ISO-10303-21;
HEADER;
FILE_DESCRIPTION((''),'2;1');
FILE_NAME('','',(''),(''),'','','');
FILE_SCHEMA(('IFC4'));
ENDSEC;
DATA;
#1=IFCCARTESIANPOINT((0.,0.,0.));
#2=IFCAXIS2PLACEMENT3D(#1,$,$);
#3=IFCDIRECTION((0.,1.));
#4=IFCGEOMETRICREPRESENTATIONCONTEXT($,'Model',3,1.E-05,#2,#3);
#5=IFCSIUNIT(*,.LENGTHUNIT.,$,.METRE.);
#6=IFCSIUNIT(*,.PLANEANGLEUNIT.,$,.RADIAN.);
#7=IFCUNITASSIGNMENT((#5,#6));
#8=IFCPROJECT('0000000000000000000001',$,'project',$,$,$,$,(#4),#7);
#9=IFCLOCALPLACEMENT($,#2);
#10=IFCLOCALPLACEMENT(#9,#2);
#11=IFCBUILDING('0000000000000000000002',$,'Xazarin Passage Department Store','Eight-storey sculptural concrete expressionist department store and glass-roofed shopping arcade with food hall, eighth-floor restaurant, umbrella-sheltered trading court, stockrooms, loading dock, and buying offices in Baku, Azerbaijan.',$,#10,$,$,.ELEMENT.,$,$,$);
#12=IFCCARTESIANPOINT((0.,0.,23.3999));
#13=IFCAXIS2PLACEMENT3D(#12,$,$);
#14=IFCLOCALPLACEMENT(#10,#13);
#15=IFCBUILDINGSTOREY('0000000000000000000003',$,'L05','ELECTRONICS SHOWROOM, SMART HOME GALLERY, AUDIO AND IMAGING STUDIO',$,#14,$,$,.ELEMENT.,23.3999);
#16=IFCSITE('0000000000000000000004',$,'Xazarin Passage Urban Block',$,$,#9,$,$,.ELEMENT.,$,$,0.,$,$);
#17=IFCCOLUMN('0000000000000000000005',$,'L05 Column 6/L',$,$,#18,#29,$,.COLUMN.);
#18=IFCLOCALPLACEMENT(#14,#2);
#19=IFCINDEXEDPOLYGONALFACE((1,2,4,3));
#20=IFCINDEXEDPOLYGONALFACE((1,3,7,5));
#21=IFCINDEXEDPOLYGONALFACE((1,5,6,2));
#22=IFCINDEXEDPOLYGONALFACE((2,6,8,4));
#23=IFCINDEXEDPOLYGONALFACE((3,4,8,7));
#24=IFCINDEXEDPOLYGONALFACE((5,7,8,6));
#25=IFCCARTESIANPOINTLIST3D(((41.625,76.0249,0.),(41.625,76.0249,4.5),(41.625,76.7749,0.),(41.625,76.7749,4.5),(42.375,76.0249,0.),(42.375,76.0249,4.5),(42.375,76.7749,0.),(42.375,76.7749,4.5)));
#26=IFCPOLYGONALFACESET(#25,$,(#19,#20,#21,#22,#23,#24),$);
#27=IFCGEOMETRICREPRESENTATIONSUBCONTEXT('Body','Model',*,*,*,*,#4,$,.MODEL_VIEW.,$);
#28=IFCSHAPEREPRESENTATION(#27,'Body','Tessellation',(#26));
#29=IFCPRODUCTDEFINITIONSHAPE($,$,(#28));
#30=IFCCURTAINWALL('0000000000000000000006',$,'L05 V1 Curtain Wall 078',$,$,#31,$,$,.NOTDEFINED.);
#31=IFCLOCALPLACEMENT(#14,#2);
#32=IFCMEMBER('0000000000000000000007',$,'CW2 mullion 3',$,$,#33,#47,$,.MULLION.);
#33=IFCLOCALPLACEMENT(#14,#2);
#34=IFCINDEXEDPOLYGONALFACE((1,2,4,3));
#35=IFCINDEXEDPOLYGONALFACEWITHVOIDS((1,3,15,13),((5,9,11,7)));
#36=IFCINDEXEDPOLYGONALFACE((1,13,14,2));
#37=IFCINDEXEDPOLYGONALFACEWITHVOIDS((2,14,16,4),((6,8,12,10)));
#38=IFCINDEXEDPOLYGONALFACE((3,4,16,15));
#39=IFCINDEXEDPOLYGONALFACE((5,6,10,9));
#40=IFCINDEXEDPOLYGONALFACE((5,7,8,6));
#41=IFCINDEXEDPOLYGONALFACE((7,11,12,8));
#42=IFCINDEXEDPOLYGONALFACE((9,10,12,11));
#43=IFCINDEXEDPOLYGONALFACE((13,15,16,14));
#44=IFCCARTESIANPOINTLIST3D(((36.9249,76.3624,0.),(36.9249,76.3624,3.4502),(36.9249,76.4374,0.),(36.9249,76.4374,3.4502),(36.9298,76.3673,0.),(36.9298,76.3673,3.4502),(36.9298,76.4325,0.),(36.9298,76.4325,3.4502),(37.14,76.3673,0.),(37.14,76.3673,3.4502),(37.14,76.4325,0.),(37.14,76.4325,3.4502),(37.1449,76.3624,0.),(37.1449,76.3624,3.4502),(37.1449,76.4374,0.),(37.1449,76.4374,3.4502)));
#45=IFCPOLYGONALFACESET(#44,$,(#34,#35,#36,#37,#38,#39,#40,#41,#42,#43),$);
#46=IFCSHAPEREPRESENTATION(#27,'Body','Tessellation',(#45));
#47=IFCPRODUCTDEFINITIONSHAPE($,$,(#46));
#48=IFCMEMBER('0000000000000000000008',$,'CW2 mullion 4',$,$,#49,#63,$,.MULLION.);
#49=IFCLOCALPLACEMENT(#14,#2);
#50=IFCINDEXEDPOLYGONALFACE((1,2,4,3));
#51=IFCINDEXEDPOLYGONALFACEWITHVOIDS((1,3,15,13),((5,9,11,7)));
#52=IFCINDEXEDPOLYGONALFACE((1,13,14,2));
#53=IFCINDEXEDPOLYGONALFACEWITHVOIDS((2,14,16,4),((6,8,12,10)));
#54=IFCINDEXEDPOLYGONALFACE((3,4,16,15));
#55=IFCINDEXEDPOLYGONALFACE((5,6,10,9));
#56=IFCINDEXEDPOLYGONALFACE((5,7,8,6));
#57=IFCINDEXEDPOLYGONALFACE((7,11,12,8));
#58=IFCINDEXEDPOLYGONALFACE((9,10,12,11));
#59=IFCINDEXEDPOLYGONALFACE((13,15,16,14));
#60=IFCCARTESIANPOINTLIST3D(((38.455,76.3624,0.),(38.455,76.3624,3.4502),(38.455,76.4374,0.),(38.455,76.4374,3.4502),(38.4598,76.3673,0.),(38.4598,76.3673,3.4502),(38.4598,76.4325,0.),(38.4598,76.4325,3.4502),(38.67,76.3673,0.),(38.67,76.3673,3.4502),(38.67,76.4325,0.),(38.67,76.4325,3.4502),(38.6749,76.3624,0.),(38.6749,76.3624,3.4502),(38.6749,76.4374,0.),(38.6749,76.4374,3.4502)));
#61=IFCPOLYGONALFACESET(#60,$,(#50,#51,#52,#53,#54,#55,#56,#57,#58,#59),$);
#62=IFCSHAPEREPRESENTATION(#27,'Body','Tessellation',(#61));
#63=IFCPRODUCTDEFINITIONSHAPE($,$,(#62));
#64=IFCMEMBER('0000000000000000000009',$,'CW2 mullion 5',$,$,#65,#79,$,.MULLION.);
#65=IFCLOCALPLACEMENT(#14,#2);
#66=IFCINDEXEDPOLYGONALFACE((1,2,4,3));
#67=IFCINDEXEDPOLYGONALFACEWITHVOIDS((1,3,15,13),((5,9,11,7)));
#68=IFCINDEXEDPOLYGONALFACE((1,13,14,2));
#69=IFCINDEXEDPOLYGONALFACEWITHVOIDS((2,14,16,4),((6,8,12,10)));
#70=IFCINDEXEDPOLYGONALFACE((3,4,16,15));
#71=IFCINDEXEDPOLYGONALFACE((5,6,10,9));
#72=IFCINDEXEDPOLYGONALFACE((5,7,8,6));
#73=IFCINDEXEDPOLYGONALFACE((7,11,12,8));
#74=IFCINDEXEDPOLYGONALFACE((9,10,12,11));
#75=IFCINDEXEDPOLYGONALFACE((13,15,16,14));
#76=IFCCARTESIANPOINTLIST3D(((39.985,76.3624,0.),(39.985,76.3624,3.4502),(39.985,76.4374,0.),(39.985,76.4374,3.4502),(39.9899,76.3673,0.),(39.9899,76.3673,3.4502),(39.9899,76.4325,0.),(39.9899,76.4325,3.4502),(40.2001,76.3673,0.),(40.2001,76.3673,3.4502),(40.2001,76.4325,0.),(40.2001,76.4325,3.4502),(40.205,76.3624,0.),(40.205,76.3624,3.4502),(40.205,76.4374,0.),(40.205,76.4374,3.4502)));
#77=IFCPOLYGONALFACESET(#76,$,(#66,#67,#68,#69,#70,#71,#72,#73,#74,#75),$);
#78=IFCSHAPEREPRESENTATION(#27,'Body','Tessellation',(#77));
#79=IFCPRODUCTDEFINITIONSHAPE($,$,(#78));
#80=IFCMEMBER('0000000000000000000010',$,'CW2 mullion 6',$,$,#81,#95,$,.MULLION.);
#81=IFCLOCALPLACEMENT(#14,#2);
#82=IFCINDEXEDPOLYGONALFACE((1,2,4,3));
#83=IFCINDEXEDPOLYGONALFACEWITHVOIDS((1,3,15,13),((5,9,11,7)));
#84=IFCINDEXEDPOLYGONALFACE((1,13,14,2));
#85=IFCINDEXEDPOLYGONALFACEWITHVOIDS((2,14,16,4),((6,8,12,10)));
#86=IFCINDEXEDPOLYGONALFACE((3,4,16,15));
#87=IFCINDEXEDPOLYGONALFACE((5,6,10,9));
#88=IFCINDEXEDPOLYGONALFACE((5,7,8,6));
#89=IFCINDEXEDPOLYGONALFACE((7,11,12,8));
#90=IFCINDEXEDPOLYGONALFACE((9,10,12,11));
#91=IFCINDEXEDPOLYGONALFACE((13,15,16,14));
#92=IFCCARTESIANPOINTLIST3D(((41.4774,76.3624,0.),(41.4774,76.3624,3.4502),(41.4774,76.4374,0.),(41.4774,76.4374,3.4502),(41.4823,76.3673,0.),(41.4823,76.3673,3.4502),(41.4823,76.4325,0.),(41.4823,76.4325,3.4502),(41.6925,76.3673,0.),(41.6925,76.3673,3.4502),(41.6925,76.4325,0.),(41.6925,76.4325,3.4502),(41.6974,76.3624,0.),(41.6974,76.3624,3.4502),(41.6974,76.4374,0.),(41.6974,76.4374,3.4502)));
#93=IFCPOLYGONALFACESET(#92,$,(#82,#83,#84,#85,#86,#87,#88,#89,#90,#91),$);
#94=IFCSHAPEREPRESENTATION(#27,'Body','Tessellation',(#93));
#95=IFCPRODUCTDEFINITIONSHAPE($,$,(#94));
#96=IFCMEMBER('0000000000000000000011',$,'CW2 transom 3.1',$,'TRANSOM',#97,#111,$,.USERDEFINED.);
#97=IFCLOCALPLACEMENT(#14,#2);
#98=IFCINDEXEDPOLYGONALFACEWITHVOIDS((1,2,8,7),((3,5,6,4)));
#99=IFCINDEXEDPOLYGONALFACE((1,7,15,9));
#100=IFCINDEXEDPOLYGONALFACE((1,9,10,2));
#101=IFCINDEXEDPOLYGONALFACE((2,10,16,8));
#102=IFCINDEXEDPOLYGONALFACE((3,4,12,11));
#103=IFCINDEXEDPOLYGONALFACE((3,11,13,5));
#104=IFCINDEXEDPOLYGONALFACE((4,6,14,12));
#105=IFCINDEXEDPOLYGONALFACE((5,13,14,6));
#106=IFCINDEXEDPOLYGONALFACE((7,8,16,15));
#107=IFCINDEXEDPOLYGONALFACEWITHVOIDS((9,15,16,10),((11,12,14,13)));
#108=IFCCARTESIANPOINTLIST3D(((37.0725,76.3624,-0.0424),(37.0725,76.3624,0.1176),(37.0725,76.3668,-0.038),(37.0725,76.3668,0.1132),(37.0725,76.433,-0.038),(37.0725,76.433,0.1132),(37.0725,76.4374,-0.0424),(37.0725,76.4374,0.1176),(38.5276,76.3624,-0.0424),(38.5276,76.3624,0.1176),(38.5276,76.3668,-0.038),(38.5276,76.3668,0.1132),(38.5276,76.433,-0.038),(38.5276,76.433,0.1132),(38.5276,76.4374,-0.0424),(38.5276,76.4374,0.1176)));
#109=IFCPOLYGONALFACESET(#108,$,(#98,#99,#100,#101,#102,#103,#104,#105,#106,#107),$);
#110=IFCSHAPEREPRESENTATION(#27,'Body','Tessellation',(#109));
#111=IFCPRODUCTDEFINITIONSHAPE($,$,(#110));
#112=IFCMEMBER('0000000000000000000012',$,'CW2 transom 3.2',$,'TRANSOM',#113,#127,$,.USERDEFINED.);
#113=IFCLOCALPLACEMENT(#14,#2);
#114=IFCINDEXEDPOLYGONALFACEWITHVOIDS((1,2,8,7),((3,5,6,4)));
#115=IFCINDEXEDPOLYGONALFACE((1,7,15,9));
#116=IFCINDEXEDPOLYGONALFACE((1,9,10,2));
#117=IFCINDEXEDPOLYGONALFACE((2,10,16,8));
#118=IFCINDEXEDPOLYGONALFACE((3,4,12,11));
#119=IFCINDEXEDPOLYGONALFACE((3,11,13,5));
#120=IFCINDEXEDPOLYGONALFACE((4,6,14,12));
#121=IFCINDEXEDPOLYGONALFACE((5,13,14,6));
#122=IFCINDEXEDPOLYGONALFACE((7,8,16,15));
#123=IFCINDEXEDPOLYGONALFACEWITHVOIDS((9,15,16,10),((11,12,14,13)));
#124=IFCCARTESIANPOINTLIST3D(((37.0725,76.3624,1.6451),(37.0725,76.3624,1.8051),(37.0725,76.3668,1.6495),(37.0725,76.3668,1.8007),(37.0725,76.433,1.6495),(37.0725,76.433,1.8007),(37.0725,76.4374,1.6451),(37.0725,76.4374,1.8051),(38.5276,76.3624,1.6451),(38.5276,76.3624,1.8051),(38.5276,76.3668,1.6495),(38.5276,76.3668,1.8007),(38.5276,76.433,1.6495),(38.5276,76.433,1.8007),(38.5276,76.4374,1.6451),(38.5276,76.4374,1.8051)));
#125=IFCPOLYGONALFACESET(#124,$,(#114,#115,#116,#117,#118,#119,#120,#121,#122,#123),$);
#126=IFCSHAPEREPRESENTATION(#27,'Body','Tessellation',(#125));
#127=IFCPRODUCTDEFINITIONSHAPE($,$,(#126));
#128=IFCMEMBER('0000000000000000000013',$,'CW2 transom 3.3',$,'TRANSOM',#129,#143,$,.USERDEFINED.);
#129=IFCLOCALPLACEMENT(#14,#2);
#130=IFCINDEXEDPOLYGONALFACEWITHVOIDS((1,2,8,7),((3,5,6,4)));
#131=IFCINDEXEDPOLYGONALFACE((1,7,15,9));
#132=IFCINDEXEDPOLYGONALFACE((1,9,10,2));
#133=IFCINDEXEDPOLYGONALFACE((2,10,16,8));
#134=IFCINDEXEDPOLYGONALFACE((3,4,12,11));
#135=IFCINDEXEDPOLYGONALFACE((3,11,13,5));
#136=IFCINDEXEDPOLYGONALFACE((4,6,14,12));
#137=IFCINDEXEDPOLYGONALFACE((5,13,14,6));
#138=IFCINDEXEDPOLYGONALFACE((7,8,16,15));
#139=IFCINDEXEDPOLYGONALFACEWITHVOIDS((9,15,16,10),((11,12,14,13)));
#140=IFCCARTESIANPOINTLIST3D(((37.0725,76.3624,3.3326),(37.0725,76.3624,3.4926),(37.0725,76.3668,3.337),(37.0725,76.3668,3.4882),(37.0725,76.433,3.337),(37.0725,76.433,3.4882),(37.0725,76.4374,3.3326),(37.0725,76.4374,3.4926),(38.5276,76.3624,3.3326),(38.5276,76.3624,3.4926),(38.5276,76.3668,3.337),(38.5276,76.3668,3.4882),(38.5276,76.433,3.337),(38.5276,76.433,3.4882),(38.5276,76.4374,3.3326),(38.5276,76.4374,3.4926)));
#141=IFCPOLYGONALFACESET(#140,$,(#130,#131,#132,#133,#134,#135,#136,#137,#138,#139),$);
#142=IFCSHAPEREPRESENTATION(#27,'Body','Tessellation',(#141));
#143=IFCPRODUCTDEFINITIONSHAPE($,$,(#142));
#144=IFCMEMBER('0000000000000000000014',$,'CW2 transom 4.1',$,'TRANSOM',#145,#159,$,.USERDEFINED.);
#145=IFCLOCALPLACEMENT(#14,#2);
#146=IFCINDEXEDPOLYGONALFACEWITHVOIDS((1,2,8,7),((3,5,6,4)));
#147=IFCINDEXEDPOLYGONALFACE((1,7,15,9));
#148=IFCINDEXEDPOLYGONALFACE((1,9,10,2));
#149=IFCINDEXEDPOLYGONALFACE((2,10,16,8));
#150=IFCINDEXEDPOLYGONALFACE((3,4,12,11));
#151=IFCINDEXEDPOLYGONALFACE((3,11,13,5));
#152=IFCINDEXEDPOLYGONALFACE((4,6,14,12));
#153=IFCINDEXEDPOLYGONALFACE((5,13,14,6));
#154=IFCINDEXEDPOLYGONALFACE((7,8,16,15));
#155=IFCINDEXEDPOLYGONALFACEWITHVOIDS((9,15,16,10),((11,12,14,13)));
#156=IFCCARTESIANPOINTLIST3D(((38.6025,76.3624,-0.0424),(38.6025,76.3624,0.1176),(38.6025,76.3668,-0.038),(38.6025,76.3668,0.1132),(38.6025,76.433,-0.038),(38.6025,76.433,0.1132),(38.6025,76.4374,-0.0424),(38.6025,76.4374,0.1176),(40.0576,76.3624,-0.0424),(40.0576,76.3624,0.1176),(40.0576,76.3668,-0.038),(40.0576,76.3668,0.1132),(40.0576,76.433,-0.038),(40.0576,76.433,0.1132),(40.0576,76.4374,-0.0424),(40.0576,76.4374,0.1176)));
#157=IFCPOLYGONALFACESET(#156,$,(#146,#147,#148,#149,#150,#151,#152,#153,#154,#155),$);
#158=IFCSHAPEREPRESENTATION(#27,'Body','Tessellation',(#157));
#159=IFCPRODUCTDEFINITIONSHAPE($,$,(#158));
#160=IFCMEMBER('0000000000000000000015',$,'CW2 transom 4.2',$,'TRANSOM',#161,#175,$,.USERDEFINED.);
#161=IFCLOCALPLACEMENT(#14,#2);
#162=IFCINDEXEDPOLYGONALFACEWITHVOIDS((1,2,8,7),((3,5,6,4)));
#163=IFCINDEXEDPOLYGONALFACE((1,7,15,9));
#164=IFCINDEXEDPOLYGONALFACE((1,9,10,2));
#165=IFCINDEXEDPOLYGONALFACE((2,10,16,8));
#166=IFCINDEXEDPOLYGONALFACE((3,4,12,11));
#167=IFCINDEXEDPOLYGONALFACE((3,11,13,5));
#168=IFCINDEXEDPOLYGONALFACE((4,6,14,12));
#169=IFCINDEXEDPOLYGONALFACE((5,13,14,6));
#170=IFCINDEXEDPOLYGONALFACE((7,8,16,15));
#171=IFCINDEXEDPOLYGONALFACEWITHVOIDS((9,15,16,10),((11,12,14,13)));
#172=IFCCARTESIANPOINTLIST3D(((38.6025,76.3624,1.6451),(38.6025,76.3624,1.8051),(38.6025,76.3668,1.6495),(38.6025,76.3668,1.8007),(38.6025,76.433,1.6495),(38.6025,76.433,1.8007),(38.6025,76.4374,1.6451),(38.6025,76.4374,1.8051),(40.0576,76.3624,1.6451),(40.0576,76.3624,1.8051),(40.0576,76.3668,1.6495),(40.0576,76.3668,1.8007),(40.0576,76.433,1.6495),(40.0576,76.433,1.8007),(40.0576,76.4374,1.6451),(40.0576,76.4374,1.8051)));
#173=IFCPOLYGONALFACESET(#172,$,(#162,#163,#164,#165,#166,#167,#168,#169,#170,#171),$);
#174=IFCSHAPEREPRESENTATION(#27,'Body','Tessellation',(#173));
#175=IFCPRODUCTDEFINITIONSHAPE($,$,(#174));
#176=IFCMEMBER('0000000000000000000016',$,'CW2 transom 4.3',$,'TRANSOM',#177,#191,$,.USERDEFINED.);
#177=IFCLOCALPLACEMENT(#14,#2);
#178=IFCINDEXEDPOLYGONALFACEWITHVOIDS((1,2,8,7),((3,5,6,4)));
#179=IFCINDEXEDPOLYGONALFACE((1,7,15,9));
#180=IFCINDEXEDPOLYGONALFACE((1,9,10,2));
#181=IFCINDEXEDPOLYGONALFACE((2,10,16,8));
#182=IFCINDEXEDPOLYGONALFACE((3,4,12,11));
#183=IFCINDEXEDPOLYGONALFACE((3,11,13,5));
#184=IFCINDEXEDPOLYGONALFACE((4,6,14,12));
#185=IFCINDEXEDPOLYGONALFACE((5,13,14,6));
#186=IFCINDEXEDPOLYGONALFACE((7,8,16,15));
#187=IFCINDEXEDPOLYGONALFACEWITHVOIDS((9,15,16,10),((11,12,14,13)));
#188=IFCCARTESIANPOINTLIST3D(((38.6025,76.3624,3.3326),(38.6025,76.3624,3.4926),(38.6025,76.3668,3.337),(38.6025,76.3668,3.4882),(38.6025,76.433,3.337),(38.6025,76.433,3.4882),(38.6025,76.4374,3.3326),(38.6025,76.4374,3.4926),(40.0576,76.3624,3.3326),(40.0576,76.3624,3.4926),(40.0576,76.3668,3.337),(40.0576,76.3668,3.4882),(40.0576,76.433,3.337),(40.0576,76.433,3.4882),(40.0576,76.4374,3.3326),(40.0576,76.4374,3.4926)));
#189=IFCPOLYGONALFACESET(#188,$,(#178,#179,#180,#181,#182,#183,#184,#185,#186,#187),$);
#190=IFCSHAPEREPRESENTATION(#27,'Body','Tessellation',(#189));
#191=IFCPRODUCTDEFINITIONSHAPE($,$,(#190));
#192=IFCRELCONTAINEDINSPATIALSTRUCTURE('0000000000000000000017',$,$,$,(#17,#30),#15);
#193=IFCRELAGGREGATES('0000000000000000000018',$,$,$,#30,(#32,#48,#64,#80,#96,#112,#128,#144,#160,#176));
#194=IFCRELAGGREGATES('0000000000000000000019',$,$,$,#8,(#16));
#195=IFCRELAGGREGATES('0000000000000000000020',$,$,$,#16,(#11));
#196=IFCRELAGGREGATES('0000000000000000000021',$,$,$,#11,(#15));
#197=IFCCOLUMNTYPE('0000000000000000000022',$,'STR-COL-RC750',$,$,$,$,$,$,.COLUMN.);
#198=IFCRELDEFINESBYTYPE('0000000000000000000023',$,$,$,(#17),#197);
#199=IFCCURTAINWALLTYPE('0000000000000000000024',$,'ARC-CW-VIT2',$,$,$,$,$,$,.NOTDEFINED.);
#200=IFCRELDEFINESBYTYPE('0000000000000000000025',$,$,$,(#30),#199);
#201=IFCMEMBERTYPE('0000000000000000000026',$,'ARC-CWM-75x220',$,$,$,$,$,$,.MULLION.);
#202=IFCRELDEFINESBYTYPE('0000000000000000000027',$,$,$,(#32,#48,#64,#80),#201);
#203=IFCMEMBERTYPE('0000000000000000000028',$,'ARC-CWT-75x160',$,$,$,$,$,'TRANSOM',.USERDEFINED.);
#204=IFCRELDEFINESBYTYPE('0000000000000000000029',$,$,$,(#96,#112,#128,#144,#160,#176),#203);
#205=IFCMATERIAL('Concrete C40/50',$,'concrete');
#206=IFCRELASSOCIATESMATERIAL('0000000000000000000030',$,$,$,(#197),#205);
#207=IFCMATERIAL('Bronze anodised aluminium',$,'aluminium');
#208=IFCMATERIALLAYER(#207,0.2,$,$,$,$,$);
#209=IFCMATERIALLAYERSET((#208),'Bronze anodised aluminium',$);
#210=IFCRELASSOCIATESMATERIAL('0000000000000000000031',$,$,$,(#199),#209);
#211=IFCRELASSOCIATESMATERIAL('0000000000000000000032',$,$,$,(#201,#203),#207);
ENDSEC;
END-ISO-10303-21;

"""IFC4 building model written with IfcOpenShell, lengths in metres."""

from ifc_helpers import new_model, si_unit, direction, frame, origin, origin_2d, place, context, subcontext, project, spatial, rectangle, hollow_rectangle, extrude, material, layer, layer_set, material_profile, profile_set, type_object, element, aggregate, save


model = new_model("IFC4")

# Units and contexts
model_context = context("Model", 3, precision=1e-05, world=origin(), true_north=direction((0.0, 1.0)))
body_context = subcontext(model_context, "Body", "Model", "MODEL_VIEW")
ifc_project = project(units=[si_unit("LENGTHUNIT", "METRE"), si_unit("PLANEANGLEUNIT", "RADIAN")], contexts=[model_context])

# Site, building, storey
site_placement = place(None, origin())
site = spatial("IfcSite", under=ifc_project, at=site_placement, Name="Xazarin Passage Urban Block", CompositionType="ELEMENT", RefElevation=0.0)
building_placement = place(site_placement, origin())
building = spatial("IfcBuilding", under=site, at=building_placement, Name="Xazarin Passage Department Store", Description="Eight-storey sculptural concrete expressionist department store and glass-roofed shopping arcade with food hall, eighth-floor restaurant, umbrella-sheltered trading court, stockrooms, loading dock, and buying offices in Baku, Azerbaijan.", CompositionType="ELEMENT")
storey_placement = place(building_placement, frame((0.0, 0.0, 23.3999)))
storey = spatial("IfcBuildingStorey", under=building, at=storey_placement, Name="L05", Description="ELECTRONICS SHOWROOM, SMART HOME GALLERY, AUDIO AND IMAGING STUDIO", CompositionType="ELEMENT", Elevation=23.3999)

# Column
ifc_material_1 = material(Name="Concrete C40/50", Category="concrete")
ifc_material_profile_1 = material_profile(ifc_material_1, rectangle(XDim=0.75, YDim=0.75, at=origin_2d()), Name="RC 750x750")
ifc_profile_set_1 = profile_set([ifc_material_profile_1], Name="Concrete C40/50")
column_type = type_object("IfcColumnType", Name="STR-COL-RC750", PredefinedType="COLUMN", material=ifc_profile_set_1)
column_placement = place(storey_placement, frame((42.0, 76.3999, 0.0), z_axis=(0.0, 0.0, 1.0), x_axis=(1.0, 0.0, 0.0)))
element("IfcColumn", 1, at=column_placement, inside=storey, type_object=column_type, Name="L05 Column 6/L", PredefinedType="COLUMN", context=body_context, shape_type="SweptSolid", body=[
    extrude(rectangle(XDim=0.75, YDim=0.75, at=origin_2d()), origin(), (0.0, 0.0, 1.0), 4.5),
])

# Curtain wall, members
ifc_material_2 = material(Name="Bronze anodised aluminium", Category="aluminium")
ifc_layer_1 = layer(ifc_material_2, 0.2)
ifc_layer_set_1 = layer_set([ifc_layer_1], Name="Bronze anodised aluminium")
curtain_wall_type = type_object("IfcCurtainWallType", Name="ARC-CW-VIT2", PredefinedType="NOTDEFINED", material=ifc_layer_set_1)
curtain_wall_placement = place(storey_placement, origin())
curtain_wall = element("IfcCurtainWall", 2, at=curtain_wall_placement, inside=storey, type_object=curtain_wall_type, Name="L05 V1 Curtain Wall 078", PredefinedType="NOTDEFINED")
ifc_material_profile_2 = material_profile(ifc_material_2, hollow_rectangle(XDim=0.075, YDim=0.22, WallThickness=0.0049, at=origin_2d()), Name="ALU 75x220")
ifc_profile_set_2 = profile_set([ifc_material_profile_2], Name="Bronze anodised aluminium")
member_type_1 = type_object("IfcMemberType", Name="ARC-CWM-75x220", PredefinedType="MULLION", material=ifc_profile_set_2)
member_1_placement = place(storey_placement, frame((37.0349, 76.3999, 0.0), z_axis=(0.0, 0.0, 1.0), x_axis=(0.0, 1.0, 0.0)))
member_1 = element("IfcMember", 3, at=member_1_placement, type_object=member_type_1, Name="CW2 mullion 3", PredefinedType="MULLION", context=body_context, shape_type="SweptSolid", body=[
    extrude(hollow_rectangle(XDim=0.075, YDim=0.22, WallThickness=0.0049, at=origin_2d()), origin(), (0.0, 0.0, 1.0), 3.4502),
])
member_2_placement = place(storey_placement, frame((38.5649, 76.3999, 0.0), z_axis=(0.0, 0.0, 1.0), x_axis=(0.0, 1.0, 0.0)))
member_2 = element("IfcMember", 4, at=member_2_placement, type_object=member_type_1, Name="CW2 mullion 4", PredefinedType="MULLION", context=body_context, shape_type="SweptSolid", body=[
    extrude(hollow_rectangle(XDim=0.075, YDim=0.22, WallThickness=0.0049, at=origin_2d()), origin(), (0.0, 0.0, 1.0), 3.4502),
])
member_3_placement = place(storey_placement, frame((40.095, 76.3999, 0.0), z_axis=(0.0, 0.0, 1.0), x_axis=(0.0, 1.0, 0.0)))
member_3 = element("IfcMember", 5, at=member_3_placement, type_object=member_type_1, Name="CW2 mullion 5", PredefinedType="MULLION", context=body_context, shape_type="SweptSolid", body=[
    extrude(hollow_rectangle(XDim=0.075, YDim=0.22, WallThickness=0.0049, at=origin_2d()), origin(), (0.0, 0.0, 1.0), 3.4502),
])
member_4_placement = place(storey_placement, frame((41.5874, 76.3999, 0.0), z_axis=(0.0, 0.0, 1.0), x_axis=(0.0, 1.0, 0.0)))
member_4 = element("IfcMember", 6, at=member_4_placement, type_object=member_type_1, Name="CW2 mullion 6", PredefinedType="MULLION", context=body_context, shape_type="SweptSolid", body=[
    extrude(hollow_rectangle(XDim=0.075, YDim=0.22, WallThickness=0.0049, at=origin_2d()), origin(), (0.0, 0.0, 1.0), 3.4502),
])
ifc_material_profile_3 = material_profile(ifc_material_2, hollow_rectangle(XDim=0.075, YDim=0.1599, WallThickness=0.0044, at=origin_2d()), Name="ALU 75x160")
ifc_profile_set_3 = profile_set([ifc_material_profile_3], Name="Bronze anodised aluminium")
member_type_2 = type_object("IfcMemberType", Name="ARC-CWT-75x160", ElementType="TRANSOM", PredefinedType="USERDEFINED", material=ifc_profile_set_3)
member_5_placement = place(storey_placement, frame((37.0725, 76.3999, 0.0376), z_axis=(1.0, 0.0, 0.0), x_axis=(0.0, 1.0, 0.0)))
member_5 = element("IfcMember", 7, at=member_5_placement, type_object=member_type_2, Name="CW2 transom 3.1", ObjectType="TRANSOM", PredefinedType="USERDEFINED", context=body_context, shape_type="SweptSolid", body=[
    extrude(hollow_rectangle(XDim=0.075, YDim=0.1599, WallThickness=0.0044, at=origin_2d()), origin(), (0.0, 0.0, 1.0), 1.4551),
])
member_6_placement = place(storey_placement, frame((37.0725, 76.3999, 1.7251), z_axis=(1.0, 0.0, 0.0), x_axis=(0.0, 1.0, 0.0)))
member_6 = element("IfcMember", 8, at=member_6_placement, type_object=member_type_2, Name="CW2 transom 3.2", ObjectType="TRANSOM", PredefinedType="USERDEFINED", context=body_context, shape_type="SweptSolid", body=[
    extrude(hollow_rectangle(XDim=0.075, YDim=0.1599, WallThickness=0.0044, at=origin_2d()), origin(), (0.0, 0.0, 1.0), 1.4551),
])
member_7_placement = place(storey_placement, frame((37.0725, 76.3999, 3.4126), z_axis=(1.0, 0.0, 0.0), x_axis=(0.0, 1.0, 0.0)))
member_7 = element("IfcMember", 9, at=member_7_placement, type_object=member_type_2, Name="CW2 transom 3.3", ObjectType="TRANSOM", PredefinedType="USERDEFINED", context=body_context, shape_type="SweptSolid", body=[
    extrude(hollow_rectangle(XDim=0.075, YDim=0.1599, WallThickness=0.0044, at=origin_2d()), origin(), (0.0, 0.0, 1.0), 1.4551),
])
member_8_placement = place(storey_placement, frame((38.6025, 76.3999, 0.0376), z_axis=(1.0, 0.0, 0.0), x_axis=(0.0, 1.0, 0.0)))
member_8 = element("IfcMember", 10, at=member_8_placement, type_object=member_type_2, Name="CW2 transom 4.1", ObjectType="TRANSOM", PredefinedType="USERDEFINED", context=body_context, shape_type="SweptSolid", body=[
    extrude(hollow_rectangle(XDim=0.075, YDim=0.1599, WallThickness=0.0044, at=origin_2d()), origin(), (0.0, 0.0, 1.0), 1.4551),
])
member_9_placement = place(storey_placement, frame((38.6025, 76.3999, 1.7251), z_axis=(1.0, 0.0, 0.0), x_axis=(0.0, 1.0, 0.0)))
member_9 = element("IfcMember", 11, at=member_9_placement, type_object=member_type_2, Name="CW2 transom 4.2", ObjectType="TRANSOM", PredefinedType="USERDEFINED", context=body_context, shape_type="SweptSolid", body=[
    extrude(hollow_rectangle(XDim=0.075, YDim=0.1599, WallThickness=0.0044, at=origin_2d()), origin(), (0.0, 0.0, 1.0), 1.4551),
])
member_10_placement = place(storey_placement, frame((38.6025, 76.3999, 3.4126), z_axis=(1.0, 0.0, 0.0), x_axis=(0.0, 1.0, 0.0)))
member_10 = element("IfcMember", 12, at=member_10_placement, type_object=member_type_2, Name="CW2 transom 4.3", ObjectType="TRANSOM", PredefinedType="USERDEFINED", context=body_context, shape_type="SweptSolid", body=[
    extrude(hollow_rectangle(XDim=0.075, YDim=0.1599, WallThickness=0.0044, at=origin_2d()), origin(), (0.0, 0.0, 1.0), 1.4551),
])

aggregate(curtain_wall, [member_1, member_2, member_3, member_4, member_5, member_6, member_7, member_8, member_9, member_10])

save(model, "model.ifc")
